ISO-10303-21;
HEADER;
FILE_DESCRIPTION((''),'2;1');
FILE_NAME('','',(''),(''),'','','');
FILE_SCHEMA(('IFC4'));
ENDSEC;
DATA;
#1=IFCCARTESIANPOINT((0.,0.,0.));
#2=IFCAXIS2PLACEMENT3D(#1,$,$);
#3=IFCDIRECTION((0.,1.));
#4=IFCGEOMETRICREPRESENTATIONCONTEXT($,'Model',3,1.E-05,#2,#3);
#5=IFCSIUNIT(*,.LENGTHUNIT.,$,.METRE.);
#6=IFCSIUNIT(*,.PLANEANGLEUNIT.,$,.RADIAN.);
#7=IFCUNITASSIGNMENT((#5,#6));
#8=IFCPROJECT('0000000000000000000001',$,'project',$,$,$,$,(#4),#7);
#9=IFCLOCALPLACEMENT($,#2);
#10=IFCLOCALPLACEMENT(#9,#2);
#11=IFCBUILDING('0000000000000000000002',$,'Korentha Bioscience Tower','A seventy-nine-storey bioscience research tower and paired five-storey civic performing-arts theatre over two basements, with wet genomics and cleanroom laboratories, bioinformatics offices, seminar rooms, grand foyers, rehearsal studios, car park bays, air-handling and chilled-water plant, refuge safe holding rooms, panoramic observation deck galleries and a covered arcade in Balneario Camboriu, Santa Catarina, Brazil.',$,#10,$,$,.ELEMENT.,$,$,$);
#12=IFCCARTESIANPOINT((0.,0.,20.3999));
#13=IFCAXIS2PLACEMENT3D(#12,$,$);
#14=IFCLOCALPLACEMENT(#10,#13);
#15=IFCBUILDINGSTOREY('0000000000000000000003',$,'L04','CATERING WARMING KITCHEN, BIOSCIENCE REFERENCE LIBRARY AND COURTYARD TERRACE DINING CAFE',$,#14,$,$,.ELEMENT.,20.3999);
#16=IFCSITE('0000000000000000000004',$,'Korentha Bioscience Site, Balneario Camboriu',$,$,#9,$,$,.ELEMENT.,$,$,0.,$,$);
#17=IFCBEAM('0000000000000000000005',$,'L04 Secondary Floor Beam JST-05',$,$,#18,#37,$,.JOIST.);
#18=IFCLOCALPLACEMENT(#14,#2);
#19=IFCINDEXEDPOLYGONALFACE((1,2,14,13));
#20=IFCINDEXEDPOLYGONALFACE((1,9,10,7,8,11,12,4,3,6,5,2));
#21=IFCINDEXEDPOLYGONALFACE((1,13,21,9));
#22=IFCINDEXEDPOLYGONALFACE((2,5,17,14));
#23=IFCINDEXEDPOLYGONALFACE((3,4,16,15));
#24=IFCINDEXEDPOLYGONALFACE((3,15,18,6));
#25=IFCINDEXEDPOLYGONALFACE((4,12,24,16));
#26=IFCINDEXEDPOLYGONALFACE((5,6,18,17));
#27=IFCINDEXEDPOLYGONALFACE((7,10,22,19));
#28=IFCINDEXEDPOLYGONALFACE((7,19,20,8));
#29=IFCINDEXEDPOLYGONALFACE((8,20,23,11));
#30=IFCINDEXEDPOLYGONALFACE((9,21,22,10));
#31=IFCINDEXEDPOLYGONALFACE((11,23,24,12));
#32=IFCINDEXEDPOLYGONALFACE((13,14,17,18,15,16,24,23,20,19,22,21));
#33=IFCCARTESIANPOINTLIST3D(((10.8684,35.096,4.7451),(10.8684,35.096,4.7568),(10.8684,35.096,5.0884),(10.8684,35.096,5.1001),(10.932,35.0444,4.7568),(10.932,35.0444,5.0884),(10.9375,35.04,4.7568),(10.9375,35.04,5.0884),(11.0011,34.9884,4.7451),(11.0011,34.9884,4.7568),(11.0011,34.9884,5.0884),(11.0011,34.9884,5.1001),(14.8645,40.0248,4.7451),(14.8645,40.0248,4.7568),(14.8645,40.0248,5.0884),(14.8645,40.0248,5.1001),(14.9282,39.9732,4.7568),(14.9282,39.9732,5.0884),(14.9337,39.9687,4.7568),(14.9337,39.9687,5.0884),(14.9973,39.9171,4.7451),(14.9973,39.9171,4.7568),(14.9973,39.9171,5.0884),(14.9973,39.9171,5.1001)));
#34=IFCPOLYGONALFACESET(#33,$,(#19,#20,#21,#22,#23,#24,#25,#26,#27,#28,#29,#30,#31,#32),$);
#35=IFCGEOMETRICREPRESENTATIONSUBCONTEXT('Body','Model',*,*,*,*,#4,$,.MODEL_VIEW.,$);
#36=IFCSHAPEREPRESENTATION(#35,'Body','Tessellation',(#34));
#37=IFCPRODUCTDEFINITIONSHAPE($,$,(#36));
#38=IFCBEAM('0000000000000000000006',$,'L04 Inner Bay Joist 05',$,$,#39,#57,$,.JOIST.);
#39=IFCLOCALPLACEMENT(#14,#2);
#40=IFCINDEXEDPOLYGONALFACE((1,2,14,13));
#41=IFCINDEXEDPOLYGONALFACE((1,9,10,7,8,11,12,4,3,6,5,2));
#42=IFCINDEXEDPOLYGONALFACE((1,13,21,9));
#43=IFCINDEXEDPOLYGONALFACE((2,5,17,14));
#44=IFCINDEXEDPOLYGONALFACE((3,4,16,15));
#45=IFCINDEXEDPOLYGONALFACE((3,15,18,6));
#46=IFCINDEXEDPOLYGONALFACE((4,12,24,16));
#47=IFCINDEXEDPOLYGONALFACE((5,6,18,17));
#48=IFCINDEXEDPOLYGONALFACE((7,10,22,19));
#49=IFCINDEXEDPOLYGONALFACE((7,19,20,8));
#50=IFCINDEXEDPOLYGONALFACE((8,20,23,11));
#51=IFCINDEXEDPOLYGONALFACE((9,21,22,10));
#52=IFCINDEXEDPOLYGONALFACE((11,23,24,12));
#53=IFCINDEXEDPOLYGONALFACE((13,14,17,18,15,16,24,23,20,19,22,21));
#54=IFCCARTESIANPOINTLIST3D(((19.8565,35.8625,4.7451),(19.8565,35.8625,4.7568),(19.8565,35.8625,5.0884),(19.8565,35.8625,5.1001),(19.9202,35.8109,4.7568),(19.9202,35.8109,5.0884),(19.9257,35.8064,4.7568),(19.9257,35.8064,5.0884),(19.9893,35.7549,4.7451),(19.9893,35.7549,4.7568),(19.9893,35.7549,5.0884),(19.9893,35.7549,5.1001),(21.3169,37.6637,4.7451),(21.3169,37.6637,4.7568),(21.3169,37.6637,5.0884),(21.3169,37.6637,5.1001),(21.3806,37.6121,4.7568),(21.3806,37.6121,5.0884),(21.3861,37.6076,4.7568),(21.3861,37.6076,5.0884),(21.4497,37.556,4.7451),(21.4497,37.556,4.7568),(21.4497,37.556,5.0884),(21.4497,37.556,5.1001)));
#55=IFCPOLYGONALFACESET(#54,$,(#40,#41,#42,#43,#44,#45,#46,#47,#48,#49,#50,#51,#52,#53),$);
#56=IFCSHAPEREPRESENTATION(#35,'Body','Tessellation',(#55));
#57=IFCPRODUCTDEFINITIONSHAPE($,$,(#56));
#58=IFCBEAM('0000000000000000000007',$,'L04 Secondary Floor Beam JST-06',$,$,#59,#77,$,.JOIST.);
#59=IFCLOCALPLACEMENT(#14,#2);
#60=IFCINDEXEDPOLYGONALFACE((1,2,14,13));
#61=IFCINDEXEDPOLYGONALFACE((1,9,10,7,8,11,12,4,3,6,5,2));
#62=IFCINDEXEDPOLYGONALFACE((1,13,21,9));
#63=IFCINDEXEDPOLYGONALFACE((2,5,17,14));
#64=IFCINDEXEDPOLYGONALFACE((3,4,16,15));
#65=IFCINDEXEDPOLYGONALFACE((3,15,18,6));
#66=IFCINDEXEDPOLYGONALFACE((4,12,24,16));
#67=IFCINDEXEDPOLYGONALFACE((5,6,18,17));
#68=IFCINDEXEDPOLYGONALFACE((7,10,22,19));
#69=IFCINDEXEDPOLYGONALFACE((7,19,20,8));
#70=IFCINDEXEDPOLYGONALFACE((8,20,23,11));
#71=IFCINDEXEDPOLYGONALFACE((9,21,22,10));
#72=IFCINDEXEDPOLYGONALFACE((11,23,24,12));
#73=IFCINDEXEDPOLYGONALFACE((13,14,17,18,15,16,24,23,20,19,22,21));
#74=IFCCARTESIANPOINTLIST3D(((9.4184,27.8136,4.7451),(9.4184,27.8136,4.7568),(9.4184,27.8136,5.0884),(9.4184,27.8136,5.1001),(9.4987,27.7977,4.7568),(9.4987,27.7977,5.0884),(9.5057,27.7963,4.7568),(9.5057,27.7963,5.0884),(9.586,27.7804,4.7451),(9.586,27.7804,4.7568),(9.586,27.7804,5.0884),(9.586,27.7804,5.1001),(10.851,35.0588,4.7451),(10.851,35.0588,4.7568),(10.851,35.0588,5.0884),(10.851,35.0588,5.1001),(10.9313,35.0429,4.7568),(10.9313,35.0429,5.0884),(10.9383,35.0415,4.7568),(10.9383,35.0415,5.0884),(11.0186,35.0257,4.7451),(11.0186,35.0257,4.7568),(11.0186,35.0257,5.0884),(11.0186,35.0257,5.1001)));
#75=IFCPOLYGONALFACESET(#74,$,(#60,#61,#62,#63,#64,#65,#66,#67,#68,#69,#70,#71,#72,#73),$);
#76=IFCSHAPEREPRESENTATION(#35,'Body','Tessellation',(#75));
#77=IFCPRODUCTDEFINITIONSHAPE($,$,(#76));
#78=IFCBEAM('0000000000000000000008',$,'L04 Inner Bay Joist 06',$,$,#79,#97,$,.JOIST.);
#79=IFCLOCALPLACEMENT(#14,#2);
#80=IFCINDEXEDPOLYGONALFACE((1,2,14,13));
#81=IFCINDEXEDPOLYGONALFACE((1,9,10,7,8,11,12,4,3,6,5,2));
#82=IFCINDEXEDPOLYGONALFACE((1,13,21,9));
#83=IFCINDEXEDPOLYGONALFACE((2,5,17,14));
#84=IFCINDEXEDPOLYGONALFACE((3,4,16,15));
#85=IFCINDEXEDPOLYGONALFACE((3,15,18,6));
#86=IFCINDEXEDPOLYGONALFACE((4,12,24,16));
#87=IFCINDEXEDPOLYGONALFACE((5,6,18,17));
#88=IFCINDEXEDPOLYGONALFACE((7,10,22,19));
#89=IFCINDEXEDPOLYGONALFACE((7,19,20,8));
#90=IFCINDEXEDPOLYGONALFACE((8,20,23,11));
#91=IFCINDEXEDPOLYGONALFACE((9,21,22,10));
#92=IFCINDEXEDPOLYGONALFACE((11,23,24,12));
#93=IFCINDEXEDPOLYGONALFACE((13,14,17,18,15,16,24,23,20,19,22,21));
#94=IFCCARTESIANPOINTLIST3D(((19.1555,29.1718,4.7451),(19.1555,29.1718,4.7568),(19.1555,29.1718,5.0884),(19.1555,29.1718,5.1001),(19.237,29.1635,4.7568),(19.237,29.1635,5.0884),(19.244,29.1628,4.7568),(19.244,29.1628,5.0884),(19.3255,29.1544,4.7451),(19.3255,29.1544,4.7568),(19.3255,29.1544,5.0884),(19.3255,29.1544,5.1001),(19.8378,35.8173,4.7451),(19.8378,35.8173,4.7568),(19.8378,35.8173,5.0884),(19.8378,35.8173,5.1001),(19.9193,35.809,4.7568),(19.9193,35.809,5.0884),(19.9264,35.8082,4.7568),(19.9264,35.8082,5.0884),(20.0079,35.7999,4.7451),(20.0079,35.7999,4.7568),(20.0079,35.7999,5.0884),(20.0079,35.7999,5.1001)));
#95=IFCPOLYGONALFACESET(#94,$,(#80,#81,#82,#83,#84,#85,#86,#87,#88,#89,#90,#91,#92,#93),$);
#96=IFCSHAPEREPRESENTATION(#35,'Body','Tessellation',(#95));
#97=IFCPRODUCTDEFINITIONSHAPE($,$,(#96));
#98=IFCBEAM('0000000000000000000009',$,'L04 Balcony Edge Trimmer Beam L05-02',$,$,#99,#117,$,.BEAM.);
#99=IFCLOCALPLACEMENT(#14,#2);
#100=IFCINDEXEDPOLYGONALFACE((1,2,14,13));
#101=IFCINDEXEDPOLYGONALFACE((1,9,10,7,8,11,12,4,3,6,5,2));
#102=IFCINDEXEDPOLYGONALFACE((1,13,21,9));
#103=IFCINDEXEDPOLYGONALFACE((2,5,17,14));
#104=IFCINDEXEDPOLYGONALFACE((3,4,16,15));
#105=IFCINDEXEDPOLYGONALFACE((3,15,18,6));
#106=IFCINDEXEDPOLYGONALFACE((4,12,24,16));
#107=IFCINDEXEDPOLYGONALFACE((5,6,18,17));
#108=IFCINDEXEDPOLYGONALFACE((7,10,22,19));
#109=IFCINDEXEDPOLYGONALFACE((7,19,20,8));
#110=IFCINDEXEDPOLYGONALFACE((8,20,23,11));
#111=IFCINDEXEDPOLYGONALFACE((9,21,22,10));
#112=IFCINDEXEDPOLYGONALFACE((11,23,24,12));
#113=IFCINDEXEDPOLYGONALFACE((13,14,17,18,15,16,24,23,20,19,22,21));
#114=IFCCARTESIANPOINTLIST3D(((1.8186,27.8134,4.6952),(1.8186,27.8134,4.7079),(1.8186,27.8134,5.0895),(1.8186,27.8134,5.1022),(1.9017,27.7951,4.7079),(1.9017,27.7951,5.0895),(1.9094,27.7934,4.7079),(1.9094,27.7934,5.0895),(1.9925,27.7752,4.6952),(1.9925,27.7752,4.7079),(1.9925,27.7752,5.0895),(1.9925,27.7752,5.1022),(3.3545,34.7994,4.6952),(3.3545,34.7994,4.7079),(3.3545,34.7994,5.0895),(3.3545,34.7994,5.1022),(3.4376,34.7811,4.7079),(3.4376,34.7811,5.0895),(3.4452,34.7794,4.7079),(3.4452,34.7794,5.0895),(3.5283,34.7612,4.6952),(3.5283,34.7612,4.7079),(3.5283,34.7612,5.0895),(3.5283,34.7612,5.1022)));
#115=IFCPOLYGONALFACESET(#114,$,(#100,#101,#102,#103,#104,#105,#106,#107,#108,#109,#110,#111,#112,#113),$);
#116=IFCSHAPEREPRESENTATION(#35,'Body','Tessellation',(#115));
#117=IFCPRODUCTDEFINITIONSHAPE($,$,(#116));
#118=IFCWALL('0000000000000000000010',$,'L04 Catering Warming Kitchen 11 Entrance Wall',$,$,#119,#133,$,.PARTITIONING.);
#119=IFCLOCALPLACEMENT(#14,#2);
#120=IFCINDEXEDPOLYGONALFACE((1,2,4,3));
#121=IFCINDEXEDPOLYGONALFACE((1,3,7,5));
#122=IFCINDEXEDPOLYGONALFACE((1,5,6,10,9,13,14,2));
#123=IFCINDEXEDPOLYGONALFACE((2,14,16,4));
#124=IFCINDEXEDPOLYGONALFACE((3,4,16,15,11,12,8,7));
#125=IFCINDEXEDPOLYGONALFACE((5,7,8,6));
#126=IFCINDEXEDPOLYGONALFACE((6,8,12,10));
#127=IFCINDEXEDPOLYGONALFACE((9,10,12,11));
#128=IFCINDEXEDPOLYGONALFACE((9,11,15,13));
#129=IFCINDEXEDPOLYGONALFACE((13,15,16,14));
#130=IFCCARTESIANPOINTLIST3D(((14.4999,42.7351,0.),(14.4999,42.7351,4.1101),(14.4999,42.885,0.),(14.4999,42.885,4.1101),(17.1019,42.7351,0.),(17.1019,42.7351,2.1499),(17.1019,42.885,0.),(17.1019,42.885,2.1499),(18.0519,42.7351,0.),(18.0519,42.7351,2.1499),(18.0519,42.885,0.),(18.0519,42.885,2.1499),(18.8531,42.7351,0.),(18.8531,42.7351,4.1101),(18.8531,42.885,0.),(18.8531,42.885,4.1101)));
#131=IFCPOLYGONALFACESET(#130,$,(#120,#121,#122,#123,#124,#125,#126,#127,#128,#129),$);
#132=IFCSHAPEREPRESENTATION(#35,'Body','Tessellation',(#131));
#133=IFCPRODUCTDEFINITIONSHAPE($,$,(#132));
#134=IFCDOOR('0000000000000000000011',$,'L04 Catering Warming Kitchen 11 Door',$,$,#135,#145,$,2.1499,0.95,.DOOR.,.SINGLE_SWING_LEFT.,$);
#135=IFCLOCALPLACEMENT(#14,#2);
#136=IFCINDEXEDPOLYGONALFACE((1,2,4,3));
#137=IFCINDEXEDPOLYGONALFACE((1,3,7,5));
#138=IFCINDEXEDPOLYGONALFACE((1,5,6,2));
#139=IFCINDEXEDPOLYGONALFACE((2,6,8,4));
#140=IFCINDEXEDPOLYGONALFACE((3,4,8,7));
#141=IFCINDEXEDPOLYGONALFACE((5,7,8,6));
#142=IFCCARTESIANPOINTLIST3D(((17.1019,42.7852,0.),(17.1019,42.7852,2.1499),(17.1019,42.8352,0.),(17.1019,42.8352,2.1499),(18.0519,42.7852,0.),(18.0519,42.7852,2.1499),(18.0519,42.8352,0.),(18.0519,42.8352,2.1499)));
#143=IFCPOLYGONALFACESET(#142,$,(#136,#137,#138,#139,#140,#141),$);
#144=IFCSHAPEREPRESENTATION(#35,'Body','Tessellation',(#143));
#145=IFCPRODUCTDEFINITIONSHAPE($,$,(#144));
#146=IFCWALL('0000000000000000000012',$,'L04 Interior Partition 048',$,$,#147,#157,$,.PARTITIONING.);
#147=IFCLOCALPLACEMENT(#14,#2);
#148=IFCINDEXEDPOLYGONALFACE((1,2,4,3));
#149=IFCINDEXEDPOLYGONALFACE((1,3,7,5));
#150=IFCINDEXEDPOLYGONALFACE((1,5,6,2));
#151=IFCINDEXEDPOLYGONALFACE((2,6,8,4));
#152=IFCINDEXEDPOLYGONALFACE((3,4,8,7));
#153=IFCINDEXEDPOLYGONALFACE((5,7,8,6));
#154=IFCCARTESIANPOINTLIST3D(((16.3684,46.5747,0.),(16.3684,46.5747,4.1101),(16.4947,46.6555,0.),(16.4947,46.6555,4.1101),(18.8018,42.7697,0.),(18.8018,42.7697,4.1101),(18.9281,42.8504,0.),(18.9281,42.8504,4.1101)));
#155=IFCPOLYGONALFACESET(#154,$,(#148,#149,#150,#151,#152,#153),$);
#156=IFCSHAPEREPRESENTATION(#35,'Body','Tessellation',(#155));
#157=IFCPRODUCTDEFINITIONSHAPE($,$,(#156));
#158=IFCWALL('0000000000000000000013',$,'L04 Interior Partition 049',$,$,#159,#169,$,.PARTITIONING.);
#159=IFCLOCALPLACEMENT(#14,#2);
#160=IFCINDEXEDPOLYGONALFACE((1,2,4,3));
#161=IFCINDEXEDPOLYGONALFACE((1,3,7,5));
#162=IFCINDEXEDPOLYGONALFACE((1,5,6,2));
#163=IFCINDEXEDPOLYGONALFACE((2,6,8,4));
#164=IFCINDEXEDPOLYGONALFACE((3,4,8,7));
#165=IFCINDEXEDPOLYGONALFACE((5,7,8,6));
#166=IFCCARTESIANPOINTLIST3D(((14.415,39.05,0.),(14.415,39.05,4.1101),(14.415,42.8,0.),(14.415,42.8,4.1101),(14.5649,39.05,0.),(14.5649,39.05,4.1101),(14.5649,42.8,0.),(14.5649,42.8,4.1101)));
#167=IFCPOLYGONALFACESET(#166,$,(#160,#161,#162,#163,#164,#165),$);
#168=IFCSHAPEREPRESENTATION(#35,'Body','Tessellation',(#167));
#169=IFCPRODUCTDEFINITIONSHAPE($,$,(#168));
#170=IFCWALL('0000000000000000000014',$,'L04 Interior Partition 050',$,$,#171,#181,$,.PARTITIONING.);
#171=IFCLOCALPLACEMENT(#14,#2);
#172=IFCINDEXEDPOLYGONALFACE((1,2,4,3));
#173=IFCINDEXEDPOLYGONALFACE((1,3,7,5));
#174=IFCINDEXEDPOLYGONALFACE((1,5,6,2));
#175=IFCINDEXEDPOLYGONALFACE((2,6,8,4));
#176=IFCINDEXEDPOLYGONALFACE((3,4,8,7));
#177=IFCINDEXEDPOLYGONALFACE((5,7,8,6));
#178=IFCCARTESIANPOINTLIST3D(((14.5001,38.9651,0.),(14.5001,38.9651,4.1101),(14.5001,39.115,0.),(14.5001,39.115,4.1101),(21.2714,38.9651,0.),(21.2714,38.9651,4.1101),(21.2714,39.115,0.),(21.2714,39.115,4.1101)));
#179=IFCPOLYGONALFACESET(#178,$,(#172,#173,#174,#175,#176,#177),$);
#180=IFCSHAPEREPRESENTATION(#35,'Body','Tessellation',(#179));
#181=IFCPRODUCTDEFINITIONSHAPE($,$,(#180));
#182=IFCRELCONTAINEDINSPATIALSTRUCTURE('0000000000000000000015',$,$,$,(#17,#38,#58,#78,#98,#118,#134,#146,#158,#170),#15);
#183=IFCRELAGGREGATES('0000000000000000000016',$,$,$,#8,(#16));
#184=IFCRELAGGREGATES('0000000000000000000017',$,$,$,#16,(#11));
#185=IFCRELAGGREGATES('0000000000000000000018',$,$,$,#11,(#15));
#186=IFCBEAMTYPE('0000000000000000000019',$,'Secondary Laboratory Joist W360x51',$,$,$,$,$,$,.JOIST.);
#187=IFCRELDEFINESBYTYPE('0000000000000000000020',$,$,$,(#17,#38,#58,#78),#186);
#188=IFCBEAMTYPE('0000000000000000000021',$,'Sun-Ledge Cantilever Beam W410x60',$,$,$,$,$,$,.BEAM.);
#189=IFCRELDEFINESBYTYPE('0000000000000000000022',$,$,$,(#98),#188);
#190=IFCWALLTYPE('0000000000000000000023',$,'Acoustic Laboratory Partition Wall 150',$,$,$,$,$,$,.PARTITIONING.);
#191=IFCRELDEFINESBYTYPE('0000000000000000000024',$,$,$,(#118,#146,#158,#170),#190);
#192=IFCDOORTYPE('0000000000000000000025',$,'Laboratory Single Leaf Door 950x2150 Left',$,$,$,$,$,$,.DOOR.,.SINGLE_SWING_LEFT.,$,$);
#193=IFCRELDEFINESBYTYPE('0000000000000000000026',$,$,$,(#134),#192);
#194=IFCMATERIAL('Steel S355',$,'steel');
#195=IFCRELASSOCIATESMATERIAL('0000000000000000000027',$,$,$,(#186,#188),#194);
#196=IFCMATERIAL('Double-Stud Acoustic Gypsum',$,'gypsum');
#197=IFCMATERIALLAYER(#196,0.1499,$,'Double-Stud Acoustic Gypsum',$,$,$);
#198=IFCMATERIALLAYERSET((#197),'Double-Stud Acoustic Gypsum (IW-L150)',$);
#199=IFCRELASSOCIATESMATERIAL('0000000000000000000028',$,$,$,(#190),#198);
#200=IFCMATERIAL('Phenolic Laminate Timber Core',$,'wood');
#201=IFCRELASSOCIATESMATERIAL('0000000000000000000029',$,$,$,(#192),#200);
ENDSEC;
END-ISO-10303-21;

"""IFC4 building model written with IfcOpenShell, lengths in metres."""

from ifc_helpers import new_model, si_unit, direction, frame, frame_2d, origin, origin_2d, place, context, subcontext, project, spatial, rectangle, i_section, extrude, material, layer, layer_set, material_profile, profile_set, type_object, element, fill, save


model = new_model("IFC4")

# Units and contexts
model_context = context("Model", 3, precision=1e-05, world=origin(), true_north=direction((0.0, 1.0)))
body_context = subcontext(model_context, "Body", "Model", "MODEL_VIEW")
ifc_project = project(units=[si_unit("LENGTHUNIT", "METRE"), si_unit("PLANEANGLEUNIT", "RADIAN")], contexts=[model_context])

# Site, building, storey
site_placement = place(None, origin())
site = spatial("IfcSite", under=ifc_project, at=site_placement, Name="Korentha Bioscience Site, Balneario Camboriu", CompositionType="ELEMENT", RefElevation=0.0)
building_placement = place(site_placement, origin())
building = spatial("IfcBuilding", under=site, at=building_placement, Name="Korentha Bioscience Tower", Description="A seventy-nine-storey bioscience research tower and paired five-storey civic performing-arts theatre over two basements, with wet genomics and cleanroom laboratories, bioinformatics offices, seminar rooms, grand foyers, rehearsal studios, car park bays, air-handling and chilled-water plant, refuge safe holding rooms, panoramic observation deck galleries and a covered arcade in Balneario Camboriu, Santa Catarina, Brazil.", CompositionType="ELEMENT")
storey_placement = place(building_placement, frame((0.0, 0.0, 20.3999)))
storey = spatial("IfcBuildingStorey", under=building, at=storey_placement, Name="L04", Description="CATERING WARMING KITCHEN, BIOSCIENCE REFERENCE LIBRARY AND COURTYARD TERRACE DINING CAFE", CompositionType="ELEMENT", Elevation=20.3999)

# Beams
ifc_material_1 = material(Name="Steel S355", Category="steel")
ifc_material_profile_1 = material_profile(ifc_material_1, i_section(OverallWidth=0.1709, OverallDepth=0.355, WebThickness=0.0071, FlangeThickness=0.0117, at=origin_2d()), Name="Steel S355")
ifc_profile_set_1 = profile_set([ifc_material_profile_1], Name="Steel S355 (JB-360)")
beam_type_1 = type_object("IfcBeamType", Name="Secondary Laboratory Joist W360x51", PredefinedType="JOIST", material=ifc_profile_set_1)
beam_1_placement = place(storey_placement, frame((14.9309, 39.9709, 4.9226), z_axis=(-0.629787, -0.776768, 0.0), x_axis=(0.776768, -0.629787, 0.0)))
element("IfcBeam", 1, at=beam_1_placement, inside=storey, type_object=beam_type_1, Name="L04 Secondary Floor Beam JST-05", PredefinedType="JOIST", context=body_context, shape_type="SweptSolid", body=[
    extrude(i_section(OverallWidth=0.1709, OverallDepth=0.355, WebThickness=0.0071, FlangeThickness=0.0117, at=origin_2d()), origin(), (0.0, 0.0, 1.0), 6.3452),
])
beam_2_placement = place(storey_placement, frame((21.3833, 37.6099, 4.9226), z_axis=(-0.629792, -0.776764, 0.0), x_axis=(0.776764, -0.629792, 0.0)))
element("IfcBeam", 2, at=beam_2_placement, inside=storey, type_object=beam_type_1, Name="L04 Inner Bay Joist 05", PredefinedType="JOIST", context=body_context, shape_type="SweptSolid", body=[
    extrude(i_section(OverallWidth=0.1709, OverallDepth=0.355, WebThickness=0.0071, FlangeThickness=0.0117, at=origin_2d()), origin(), (0.0, 0.0, 1.0), 2.3188),
])
beam_3_placement = place(storey_placement, frame((10.9348, 35.0422, 4.9226), z_axis=(-0.19398, -0.981006, 0.0), x_axis=(0.981006, -0.19398, 0.0)))
element("IfcBeam", 3, at=beam_3_placement, inside=storey, type_object=beam_type_1, Name="L04 Secondary Floor Beam JST-06", PredefinedType="JOIST", context=body_context, shape_type="SweptSolid", body=[
    extrude(i_section(OverallWidth=0.1709, OverallDepth=0.355, WebThickness=0.0071, FlangeThickness=0.0117, at=origin_2d()), origin(), (0.0, 0.0, 1.0), 7.3855),
])
beam_4_placement = place(storey_placement, frame((19.9229, 35.8086, 4.9226), z_axis=(-0.102145, -0.99477, 0.0), x_axis=(0.99477, -0.102145, 0.0)))
element("IfcBeam", 4, at=beam_4_placement, inside=storey, type_object=beam_type_1, Name="L04 Inner Bay Joist 06", PredefinedType="JOIST", context=body_context, shape_type="SweptSolid", body=[
    extrude(i_section(OverallWidth=0.1709, OverallDepth=0.355, WebThickness=0.0071, FlangeThickness=0.0117, at=origin_2d()), origin(), (0.0, 0.0, 1.0), 6.6804),
])
ifc_material_profile_2 = material_profile(ifc_material_1, i_section(OverallWidth=0.178, OverallDepth=0.407, WebThickness=0.0078, FlangeThickness=0.0127, at=origin_2d()), Name="Steel S355")
ifc_profile_set_2 = profile_set([ifc_material_profile_2], Name="Steel S355 (CB-410)")
beam_type_2 = type_object("IfcBeamType", Name="Sun-Ledge Cantilever Beam W410x60", PredefinedType="BEAM", material=ifc_profile_set_2)
beam_5_placement = place(storey_placement, frame((3.4414, 34.7803, 4.8987), z_axis=(-0.214722, -0.976675, 0.0), x_axis=(0.976675, -0.214722, 0.0)))
element("IfcBeam", 5, at=beam_5_placement, inside=storey, type_object=beam_type_2, Name="L04 Balcony Edge Trimmer Beam L05-02", PredefinedType="BEAM", context=body_context, shape_type="SweptSolid", body=[
    extrude(i_section(OverallWidth=0.178, OverallDepth=0.407, WebThickness=0.0078, FlangeThickness=0.0127, at=origin_2d()), origin(), (0.0, 0.0, 1.0), 7.1528),
])

# Wall, opening, door
ifc_material_2 = material(Name="Double-Stud Acoustic Gypsum", Category="gypsum")
ifc_layer_1 = layer(ifc_material_2, 0.1499, Name="Double-Stud Acoustic Gypsum")
ifc_layer_set_1 = layer_set([ifc_layer_1], Name="Double-Stud Acoustic Gypsum (IW-L150)")
wall_type_1 = type_object("IfcWallType", Name="Acoustic Laboratory Partition Wall 150", PredefinedType="PARTITIONING", material=ifc_layer_set_1)
wall_1_placement = place(storey_placement, frame((18.8533, 42.8101, 0.0), z_axis=(0.0, 0.0, 1.0), x_axis=(-1.0, 0.0, 0.0)))
wall_1 = element("IfcWall", 6, at=wall_1_placement, inside=storey, type_object=wall_type_1, Name="L04 Catering Warming Kitchen 11 Entrance Wall", PredefinedType="PARTITIONING", context=body_context, shape_type="SweptSolid", body=[
    extrude(rectangle(XDim=4.3533, YDim=0.1499, at=frame_2d((2.1768, 0.0))), origin(), (0.0, 0.0, 1.0), 4.1101),
])
opening_placement = place(wall_1_placement, frame((0.8013, 0.0, 0.0)))
opening = element("IfcOpeningElement", 7, at=opening_placement, cuts=wall_1, PredefinedType="OPENING", context=body_context, shape_type="SweptSolid", body=[
    extrude(rectangle(XDim=0.95, YDim=2.1499, at=frame_2d((0.4751, 1.075))), frame((0.0, 0.0898, 0.0), z_axis=(0.0, -1.0, 0.0), x_axis=(1.0, 0.0, 0.0)), (0.0, 0.0, 1.0), 0.1797),
])
ifc_material_3 = material(Name="Phenolic Laminate Timber Core", Category="wood")
door_type = type_object("IfcDoorType", Name="Laboratory Single Leaf Door 950x2150 Left", OperationType="SINGLE_SWING_LEFT", PredefinedType="DOOR", material=ifc_material_3)
door_placement = place(opening_placement, origin())
door = element("IfcDoor", 8, at=door_placement, inside=storey, type_object=door_type, Name="L04 Catering Warming Kitchen 11 Door", OperationType="SINGLE_SWING_LEFT", OverallHeight=2.1499, OverallWidth=0.95, PredefinedType="DOOR", context=body_context, shape_type="SweptSolid", body=[
    extrude(rectangle(XDim=0.95, YDim=2.1499, at=frame_2d((0.4751, 1.075))), frame((0.0, 0.0249, 0.0), z_axis=(0.0, -1.0, 0.0), x_axis=(1.0, 0.0, 0.0)), (0.0, 0.0, 1.0), 0.05),
])
fill(opening, door)

# Walls
wall_2_placement = place(storey_placement, frame((18.865, 42.8101, 0.0), z_axis=(0.0, 0.0, 1.0), x_axis=(-0.53877, 0.842453, 0.0)))
element("IfcWall", 9, at=wall_2_placement, inside=storey, type_object=wall_type_1, Name="L04 Interior Partition 048", PredefinedType="PARTITIONING", context=body_context, shape_type="SweptSolid", body=[
    extrude(rectangle(XDim=4.5166, YDim=0.1499, at=frame_2d((2.2583, 0.0))), origin(), (0.0, 0.0, 1.0), 4.1101),
])
wall_3_placement = place(storey_placement, frame((14.49, 42.8, 0.0), z_axis=(0.0, 0.0, 1.0), x_axis=(0.0, -1.0, 0.0)))
element("IfcWall", 10, at=wall_3_placement, inside=storey, type_object=wall_type_1, Name="L04 Interior Partition 049", PredefinedType="PARTITIONING", context=body_context, shape_type="SweptSolid", body=[
    extrude(rectangle(XDim=3.75, YDim=0.1499, at=frame_2d((1.875, 0.0))), origin(), (0.0, 0.0, 1.0), 4.1101),
])
wall_4_placement = place(storey_placement, frame((14.5, 39.04, 0.0), z_axis=(0.0, 0.0, 1.0), x_axis=(1.0, 0.0, 0.0)))
element("IfcWall", 11, at=wall_4_placement, inside=storey, type_object=wall_type_1, Name="L04 Interior Partition 050", PredefinedType="PARTITIONING", context=body_context, shape_type="SweptSolid", body=[
    extrude(rectangle(XDim=6.7712, YDim=0.1499, at=frame_2d((3.3857, 0.0))), origin(), (0.0, 0.0, 1.0), 4.1101),
])

save(model, "model.ifc")
